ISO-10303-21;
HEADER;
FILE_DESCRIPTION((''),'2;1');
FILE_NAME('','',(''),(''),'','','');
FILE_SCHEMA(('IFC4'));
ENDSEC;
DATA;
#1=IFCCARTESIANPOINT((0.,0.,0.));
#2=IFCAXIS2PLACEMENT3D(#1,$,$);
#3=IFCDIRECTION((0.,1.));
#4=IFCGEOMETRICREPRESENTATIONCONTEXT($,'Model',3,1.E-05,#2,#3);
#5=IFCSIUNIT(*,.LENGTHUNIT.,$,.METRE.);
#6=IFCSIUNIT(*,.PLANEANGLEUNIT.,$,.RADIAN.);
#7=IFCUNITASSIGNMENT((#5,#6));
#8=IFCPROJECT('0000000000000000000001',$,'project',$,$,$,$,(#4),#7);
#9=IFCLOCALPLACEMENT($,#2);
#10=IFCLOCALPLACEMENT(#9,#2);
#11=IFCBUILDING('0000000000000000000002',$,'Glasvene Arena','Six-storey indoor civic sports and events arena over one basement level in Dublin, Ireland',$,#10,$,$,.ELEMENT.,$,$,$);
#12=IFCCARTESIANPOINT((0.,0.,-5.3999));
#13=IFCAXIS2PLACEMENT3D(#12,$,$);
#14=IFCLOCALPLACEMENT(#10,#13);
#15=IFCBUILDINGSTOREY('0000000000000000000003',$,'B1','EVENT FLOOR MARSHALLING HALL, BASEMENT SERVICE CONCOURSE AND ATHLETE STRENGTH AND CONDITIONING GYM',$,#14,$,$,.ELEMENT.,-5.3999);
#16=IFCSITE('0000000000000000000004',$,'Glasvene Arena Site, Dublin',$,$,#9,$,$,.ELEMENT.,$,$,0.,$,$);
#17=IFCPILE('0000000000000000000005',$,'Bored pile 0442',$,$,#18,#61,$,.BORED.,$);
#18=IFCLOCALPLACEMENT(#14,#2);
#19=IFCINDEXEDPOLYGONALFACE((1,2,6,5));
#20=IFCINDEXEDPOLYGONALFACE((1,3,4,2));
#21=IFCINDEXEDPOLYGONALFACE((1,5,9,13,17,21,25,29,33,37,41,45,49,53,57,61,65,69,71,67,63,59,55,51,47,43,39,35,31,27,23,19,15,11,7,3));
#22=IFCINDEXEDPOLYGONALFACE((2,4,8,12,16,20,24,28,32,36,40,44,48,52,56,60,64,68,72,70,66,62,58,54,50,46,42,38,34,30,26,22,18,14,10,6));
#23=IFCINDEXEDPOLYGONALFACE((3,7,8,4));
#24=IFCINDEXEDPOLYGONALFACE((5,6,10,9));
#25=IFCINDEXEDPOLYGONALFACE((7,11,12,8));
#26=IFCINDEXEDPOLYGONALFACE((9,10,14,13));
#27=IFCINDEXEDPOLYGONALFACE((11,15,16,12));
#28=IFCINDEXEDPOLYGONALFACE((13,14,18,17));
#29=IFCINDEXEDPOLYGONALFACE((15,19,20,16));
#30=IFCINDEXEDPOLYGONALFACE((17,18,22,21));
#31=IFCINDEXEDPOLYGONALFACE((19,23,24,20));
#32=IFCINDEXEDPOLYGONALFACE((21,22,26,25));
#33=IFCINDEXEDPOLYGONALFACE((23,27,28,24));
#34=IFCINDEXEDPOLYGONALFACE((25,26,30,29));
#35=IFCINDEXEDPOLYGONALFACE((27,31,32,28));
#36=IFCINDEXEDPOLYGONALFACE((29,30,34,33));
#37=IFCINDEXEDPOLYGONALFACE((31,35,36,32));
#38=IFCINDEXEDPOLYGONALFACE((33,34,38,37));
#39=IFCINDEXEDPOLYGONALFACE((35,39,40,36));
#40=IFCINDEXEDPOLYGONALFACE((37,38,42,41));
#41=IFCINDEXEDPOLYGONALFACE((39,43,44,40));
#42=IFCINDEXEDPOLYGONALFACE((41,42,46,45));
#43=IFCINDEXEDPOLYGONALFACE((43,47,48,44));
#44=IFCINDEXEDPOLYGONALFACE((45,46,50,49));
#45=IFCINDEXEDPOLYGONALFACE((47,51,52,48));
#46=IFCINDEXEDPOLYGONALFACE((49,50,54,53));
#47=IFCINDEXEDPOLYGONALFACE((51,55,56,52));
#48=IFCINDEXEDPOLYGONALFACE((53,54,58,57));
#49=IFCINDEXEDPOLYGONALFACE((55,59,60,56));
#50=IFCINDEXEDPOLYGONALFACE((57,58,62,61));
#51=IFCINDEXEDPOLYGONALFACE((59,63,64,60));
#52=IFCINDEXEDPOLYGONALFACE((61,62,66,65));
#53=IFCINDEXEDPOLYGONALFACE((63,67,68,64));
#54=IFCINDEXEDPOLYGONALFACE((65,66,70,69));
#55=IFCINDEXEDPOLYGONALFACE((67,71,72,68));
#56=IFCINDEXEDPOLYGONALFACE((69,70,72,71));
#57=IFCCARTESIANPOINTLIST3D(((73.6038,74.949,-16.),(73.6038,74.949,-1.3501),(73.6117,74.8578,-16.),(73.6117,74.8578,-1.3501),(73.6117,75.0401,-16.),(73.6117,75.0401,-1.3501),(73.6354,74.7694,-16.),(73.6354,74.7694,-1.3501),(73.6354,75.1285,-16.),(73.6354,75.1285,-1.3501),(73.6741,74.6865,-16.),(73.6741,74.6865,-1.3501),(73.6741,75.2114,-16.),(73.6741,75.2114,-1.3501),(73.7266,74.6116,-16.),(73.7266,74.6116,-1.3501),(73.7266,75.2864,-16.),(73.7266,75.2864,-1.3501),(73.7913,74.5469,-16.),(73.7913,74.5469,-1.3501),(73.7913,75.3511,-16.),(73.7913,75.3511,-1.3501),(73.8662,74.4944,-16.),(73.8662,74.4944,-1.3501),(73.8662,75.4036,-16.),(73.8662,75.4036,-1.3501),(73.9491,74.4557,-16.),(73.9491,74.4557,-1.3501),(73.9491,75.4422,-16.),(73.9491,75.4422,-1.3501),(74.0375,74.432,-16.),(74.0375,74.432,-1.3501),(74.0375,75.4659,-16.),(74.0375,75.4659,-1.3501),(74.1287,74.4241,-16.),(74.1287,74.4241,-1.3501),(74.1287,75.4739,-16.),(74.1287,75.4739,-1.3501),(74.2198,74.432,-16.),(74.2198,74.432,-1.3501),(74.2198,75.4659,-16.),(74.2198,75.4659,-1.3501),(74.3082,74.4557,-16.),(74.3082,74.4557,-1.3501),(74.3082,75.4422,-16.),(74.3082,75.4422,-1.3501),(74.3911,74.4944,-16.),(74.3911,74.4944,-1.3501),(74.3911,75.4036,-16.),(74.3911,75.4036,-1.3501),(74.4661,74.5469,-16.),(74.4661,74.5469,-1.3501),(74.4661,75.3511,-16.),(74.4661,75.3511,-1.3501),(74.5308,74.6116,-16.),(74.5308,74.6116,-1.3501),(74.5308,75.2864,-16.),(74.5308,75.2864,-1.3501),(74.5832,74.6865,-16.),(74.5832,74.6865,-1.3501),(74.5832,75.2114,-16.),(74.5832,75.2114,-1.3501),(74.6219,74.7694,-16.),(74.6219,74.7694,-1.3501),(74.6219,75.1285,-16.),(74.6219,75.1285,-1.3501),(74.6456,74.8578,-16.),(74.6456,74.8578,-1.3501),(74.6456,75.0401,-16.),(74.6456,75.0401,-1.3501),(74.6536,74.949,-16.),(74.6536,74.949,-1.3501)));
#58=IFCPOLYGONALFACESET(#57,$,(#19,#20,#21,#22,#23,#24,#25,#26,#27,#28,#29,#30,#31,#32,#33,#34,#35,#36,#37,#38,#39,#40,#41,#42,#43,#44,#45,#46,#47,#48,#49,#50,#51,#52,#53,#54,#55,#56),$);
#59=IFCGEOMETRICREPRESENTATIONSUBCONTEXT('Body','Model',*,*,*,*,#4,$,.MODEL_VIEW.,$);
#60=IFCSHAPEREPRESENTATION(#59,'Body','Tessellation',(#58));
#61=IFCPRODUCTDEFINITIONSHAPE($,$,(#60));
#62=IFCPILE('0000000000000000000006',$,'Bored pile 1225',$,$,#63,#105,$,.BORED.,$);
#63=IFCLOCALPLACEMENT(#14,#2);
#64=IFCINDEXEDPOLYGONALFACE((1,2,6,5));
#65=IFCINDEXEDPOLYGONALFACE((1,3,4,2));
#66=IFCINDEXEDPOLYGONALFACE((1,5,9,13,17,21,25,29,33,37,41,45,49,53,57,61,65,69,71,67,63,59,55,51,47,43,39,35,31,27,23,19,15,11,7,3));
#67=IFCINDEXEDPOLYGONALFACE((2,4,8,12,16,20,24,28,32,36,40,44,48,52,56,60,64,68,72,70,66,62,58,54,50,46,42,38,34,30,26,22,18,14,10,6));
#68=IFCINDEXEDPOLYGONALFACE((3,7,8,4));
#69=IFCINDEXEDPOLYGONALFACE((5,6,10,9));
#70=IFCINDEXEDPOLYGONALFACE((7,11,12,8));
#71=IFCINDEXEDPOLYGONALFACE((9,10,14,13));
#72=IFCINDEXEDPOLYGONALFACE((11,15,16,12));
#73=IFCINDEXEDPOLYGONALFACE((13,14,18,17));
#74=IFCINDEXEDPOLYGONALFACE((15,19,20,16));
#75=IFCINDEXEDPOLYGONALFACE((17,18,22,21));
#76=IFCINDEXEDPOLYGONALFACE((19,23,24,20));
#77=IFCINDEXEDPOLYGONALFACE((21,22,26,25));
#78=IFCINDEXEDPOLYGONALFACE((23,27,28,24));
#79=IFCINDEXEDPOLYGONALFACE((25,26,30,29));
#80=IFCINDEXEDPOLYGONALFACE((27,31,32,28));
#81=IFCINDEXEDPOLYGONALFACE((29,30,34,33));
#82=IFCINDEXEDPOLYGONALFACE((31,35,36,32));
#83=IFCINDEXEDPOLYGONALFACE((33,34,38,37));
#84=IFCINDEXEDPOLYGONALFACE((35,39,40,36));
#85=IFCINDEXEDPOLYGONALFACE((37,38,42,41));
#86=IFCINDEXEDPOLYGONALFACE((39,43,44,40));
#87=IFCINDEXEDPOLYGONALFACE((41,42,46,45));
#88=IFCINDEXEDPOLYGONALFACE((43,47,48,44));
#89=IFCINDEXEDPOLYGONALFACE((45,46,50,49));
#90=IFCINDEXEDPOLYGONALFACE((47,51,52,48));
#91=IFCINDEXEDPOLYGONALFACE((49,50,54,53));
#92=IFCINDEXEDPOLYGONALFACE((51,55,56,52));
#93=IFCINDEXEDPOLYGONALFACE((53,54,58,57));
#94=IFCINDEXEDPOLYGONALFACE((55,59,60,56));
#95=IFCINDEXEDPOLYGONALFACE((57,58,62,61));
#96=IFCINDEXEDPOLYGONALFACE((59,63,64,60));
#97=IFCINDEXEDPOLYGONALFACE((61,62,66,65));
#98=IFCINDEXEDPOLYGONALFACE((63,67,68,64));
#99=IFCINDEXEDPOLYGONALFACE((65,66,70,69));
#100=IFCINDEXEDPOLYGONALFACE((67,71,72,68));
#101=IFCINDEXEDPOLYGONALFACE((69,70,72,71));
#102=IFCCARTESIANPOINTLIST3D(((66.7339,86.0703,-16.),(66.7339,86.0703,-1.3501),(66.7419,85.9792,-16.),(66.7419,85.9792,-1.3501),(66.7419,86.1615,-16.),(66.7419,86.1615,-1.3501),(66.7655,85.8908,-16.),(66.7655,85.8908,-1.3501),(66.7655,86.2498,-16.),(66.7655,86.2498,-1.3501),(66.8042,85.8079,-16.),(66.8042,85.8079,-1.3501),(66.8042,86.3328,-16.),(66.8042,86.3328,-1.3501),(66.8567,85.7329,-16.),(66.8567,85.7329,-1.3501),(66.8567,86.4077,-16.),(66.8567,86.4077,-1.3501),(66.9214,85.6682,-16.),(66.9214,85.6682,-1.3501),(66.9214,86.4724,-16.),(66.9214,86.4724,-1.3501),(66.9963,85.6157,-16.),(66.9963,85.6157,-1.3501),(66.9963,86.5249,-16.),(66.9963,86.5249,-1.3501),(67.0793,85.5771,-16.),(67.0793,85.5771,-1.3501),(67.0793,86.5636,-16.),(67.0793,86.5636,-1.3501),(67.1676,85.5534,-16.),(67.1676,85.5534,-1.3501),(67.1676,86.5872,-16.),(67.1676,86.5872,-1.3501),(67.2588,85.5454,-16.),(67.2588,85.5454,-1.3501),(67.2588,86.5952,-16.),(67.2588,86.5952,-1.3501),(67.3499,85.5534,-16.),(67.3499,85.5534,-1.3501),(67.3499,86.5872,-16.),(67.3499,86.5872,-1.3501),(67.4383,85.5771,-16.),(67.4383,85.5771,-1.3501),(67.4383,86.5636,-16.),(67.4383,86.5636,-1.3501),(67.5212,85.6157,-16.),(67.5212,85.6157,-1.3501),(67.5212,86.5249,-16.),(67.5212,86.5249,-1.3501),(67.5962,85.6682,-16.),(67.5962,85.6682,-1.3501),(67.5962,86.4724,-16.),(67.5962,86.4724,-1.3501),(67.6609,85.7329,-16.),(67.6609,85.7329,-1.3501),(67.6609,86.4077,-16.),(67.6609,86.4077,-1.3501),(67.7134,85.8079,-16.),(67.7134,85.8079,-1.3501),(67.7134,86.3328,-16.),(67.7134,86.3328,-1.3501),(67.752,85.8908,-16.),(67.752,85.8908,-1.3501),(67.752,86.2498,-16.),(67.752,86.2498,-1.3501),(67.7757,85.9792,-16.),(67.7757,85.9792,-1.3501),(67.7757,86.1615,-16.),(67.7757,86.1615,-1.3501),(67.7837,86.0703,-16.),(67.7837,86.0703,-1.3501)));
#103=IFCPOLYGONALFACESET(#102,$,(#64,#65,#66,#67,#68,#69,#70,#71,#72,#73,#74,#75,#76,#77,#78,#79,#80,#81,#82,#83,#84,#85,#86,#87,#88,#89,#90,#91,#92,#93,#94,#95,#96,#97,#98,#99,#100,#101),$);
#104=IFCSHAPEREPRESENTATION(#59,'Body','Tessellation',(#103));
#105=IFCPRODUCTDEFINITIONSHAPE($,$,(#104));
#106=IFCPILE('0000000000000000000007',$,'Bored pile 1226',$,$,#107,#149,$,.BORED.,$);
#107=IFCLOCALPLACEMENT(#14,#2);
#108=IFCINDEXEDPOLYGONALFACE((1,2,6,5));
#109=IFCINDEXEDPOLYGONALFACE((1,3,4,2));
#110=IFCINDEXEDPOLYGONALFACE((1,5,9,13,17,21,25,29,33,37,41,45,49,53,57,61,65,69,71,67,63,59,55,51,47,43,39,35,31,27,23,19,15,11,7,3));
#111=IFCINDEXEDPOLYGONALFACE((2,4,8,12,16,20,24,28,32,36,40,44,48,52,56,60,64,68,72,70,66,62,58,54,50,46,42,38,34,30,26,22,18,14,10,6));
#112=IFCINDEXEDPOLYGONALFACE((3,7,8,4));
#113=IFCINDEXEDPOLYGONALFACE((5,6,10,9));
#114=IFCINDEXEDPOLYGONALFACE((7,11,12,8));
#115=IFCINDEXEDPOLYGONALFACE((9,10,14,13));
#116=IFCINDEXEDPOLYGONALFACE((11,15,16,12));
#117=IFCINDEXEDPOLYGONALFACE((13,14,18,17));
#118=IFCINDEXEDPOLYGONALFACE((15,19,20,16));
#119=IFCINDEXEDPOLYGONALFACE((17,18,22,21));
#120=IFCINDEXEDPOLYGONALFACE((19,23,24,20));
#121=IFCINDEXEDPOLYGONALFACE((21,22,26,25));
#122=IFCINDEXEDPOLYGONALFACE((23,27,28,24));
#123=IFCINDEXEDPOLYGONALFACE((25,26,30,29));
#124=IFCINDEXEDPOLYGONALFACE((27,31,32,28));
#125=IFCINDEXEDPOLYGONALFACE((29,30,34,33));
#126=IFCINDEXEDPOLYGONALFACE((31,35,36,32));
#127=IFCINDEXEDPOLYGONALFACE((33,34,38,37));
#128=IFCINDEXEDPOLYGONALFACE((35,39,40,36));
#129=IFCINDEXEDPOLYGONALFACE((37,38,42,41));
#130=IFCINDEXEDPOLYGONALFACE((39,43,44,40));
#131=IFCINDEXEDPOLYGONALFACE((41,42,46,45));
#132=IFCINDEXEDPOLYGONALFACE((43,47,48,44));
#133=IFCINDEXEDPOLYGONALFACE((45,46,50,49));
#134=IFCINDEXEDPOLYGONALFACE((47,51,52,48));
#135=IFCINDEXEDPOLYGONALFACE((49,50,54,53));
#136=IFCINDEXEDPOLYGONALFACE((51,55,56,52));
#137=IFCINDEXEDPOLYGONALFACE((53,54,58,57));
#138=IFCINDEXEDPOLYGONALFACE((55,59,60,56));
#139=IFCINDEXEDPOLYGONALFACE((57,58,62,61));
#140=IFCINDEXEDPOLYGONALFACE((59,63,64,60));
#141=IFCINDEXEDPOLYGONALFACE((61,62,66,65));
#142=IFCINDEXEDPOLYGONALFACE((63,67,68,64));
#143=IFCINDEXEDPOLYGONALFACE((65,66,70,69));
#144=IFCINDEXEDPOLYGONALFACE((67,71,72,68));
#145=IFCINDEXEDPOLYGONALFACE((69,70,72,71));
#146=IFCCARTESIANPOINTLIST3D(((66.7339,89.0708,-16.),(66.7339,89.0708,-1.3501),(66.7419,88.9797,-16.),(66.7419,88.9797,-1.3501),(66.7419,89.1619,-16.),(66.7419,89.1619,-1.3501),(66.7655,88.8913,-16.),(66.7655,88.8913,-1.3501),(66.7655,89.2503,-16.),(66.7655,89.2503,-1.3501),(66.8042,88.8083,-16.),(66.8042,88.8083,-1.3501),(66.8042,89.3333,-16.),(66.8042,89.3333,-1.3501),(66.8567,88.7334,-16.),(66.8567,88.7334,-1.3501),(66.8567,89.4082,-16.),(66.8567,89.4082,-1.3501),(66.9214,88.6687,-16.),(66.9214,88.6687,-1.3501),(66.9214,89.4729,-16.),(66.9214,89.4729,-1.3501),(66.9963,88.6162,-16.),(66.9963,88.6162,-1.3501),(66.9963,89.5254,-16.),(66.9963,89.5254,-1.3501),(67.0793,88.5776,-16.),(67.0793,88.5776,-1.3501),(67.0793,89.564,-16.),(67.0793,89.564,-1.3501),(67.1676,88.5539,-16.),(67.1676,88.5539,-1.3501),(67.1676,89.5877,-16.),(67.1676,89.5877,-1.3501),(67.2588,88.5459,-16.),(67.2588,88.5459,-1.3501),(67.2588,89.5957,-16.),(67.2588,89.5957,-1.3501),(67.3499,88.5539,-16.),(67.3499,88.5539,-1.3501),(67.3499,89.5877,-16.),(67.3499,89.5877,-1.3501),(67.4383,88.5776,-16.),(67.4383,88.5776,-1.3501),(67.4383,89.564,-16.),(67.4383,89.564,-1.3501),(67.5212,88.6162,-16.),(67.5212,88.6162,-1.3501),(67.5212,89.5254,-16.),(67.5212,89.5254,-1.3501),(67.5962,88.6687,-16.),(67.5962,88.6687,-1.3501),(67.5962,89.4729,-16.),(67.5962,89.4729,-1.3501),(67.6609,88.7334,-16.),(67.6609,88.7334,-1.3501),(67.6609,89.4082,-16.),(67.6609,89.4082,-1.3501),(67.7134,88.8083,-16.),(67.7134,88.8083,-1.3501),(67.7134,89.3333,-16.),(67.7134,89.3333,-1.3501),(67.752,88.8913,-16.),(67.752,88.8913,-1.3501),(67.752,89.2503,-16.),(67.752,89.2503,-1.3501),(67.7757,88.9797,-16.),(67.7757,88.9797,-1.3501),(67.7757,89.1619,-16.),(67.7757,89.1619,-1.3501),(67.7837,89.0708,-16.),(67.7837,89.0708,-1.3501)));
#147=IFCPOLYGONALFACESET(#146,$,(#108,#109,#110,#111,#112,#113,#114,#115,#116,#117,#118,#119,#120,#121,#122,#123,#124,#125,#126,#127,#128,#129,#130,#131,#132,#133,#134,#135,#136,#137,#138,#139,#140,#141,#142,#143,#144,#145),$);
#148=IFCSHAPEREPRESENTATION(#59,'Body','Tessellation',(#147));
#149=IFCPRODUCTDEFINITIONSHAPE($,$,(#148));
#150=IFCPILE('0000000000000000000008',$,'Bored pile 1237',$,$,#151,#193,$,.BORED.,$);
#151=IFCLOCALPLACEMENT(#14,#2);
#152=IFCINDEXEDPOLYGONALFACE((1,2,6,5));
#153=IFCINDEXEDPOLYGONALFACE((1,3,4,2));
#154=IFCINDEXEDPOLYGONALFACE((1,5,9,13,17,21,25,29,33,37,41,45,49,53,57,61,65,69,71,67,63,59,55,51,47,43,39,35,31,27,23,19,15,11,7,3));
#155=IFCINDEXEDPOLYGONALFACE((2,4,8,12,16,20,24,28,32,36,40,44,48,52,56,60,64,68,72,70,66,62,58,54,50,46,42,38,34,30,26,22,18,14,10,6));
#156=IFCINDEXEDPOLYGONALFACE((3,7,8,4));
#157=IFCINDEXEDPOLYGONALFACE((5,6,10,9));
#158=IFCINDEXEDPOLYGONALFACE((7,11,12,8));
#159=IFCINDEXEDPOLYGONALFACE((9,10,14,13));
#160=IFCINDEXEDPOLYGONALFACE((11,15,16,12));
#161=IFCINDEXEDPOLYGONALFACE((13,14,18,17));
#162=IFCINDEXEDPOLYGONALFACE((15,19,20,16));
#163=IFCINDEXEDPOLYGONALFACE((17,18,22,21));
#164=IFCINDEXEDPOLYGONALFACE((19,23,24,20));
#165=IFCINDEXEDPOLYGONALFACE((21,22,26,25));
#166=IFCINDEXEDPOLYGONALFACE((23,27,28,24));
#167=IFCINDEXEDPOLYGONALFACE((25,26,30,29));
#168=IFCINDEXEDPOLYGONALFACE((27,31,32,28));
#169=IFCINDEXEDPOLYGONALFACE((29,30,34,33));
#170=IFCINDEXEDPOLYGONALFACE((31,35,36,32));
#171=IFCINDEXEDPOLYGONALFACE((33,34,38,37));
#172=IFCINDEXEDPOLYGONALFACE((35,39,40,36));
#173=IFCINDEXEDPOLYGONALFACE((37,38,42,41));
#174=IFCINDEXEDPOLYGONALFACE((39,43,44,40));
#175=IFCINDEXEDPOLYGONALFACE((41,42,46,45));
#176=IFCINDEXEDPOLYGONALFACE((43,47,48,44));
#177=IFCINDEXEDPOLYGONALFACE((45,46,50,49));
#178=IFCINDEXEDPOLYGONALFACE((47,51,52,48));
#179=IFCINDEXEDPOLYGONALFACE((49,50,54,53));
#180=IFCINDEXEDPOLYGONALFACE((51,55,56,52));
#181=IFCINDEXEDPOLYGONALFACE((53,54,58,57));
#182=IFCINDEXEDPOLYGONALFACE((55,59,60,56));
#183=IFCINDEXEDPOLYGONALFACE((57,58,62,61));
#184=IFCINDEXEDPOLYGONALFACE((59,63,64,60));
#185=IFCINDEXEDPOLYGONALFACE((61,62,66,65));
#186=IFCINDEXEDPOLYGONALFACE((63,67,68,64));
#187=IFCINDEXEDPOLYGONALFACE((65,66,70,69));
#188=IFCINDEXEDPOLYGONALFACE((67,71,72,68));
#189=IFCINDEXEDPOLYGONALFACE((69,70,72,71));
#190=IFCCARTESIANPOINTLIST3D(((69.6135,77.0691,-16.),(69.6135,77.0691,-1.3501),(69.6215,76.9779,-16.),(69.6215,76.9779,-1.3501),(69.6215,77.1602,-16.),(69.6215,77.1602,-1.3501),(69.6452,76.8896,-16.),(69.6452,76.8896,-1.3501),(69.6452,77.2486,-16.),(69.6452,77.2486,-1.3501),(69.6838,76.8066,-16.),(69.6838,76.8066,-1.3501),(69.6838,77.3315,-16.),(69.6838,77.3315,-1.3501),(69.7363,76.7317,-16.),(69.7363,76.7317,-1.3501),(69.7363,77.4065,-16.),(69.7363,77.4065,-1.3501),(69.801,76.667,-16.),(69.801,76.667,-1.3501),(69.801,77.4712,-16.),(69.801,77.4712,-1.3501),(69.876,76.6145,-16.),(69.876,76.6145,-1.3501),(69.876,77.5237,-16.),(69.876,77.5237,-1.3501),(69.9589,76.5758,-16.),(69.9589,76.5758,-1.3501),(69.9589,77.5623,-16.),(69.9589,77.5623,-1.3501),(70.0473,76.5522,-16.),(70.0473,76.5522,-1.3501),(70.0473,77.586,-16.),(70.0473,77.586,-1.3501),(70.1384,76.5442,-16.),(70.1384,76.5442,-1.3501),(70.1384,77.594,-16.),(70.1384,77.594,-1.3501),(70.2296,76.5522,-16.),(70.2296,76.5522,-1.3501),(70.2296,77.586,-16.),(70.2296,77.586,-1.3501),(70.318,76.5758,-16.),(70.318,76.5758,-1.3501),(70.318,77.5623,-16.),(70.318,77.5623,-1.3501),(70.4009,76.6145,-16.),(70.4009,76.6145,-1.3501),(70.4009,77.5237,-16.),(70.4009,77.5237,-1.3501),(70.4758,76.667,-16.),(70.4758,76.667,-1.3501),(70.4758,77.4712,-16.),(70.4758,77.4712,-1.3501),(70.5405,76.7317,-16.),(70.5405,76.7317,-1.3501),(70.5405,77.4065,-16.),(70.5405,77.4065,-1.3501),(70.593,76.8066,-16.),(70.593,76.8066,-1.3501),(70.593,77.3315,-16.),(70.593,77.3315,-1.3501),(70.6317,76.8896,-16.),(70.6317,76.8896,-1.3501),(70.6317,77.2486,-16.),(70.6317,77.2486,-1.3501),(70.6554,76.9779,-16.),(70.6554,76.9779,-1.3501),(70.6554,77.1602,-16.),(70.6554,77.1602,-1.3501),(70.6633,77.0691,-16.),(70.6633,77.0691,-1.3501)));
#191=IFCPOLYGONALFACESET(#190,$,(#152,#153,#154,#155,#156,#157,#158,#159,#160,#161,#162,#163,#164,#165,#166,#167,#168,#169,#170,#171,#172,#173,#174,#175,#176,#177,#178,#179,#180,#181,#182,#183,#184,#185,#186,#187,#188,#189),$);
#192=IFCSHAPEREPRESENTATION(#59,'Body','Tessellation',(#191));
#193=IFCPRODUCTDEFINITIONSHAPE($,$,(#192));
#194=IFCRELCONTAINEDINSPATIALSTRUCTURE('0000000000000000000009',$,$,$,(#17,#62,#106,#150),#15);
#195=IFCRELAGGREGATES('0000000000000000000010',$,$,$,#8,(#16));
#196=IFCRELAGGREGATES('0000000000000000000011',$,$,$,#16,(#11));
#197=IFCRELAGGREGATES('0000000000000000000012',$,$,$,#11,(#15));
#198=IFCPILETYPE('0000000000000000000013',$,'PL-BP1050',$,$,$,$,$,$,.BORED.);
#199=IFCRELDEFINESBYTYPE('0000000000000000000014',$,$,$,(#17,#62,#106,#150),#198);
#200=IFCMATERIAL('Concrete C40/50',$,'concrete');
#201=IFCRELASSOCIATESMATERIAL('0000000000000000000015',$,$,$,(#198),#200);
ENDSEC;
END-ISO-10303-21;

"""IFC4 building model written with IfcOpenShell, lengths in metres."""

from ifc_helpers import new_model, si_unit, direction, frame, origin, origin_2d, place, context, subcontext, project, spatial, circle, extrude, material, material_profile, profile_set, type_object, element, save


model = new_model("IFC4")

# Units and contexts
model_context = context("Model", 3, precision=1e-05, world=origin(), true_north=direction((0.0, 1.0)))
body_context = subcontext(model_context, "Body", "Model", "MODEL_VIEW")
ifc_project = project(units=[si_unit("LENGTHUNIT", "METRE"), si_unit("PLANEANGLEUNIT", "RADIAN")], contexts=[model_context])

# Site, building, storey
site_placement = place(None, origin())
site = spatial("IfcSite", under=ifc_project, at=site_placement, Name="Glasvene Arena Site, Dublin", CompositionType="ELEMENT", RefElevation=0.0)
building_placement = place(site_placement, origin())
building = spatial("IfcBuilding", under=site, at=building_placement, Name="Glasvene Arena", Description="Six-storey indoor civic sports and events arena over one basement level in Dublin, Ireland", CompositionType="ELEMENT")
storey_placement = place(building_placement, frame((0.0, 0.0, -5.3999)))
storey = spatial("IfcBuildingStorey", under=building, at=storey_placement, Name="B1", Description="EVENT FLOOR MARSHALLING HALL, BASEMENT SERVICE CONCOURSE AND ATHLETE STRENGTH AND CONDITIONING GYM", CompositionType="ELEMENT", Elevation=-5.3999)

# Piles
ifc_material_1 = material(Name="Concrete C40/50", Category="concrete")
ifc_material_profile_1 = material_profile(ifc_material_1, circle(Radius=0.5249, at=origin_2d()), Name="BORED PILE 1050")
ifc_profile_set_1 = profile_set([ifc_material_profile_1], Name="Concrete C40/50")
pile_type = type_object("IfcPileType", Name="PL-BP1050", PredefinedType="BORED", material=ifc_profile_set_1)
for number, where, z_axis, x_axis, name in (
    (1, (74.1287, 74.949, -1.3501), (0.0, 0.0, -1.0), (1.0, 0.0, 0.0), "Bored pile 0442"),
    (2, (67.2588, 86.0703, -1.3501), (0.0, 0.0, -1.0), (1.0, 0.0, 0.0), "Bored pile 1225"),
    (3, (67.2588, 89.0708, -1.3501), (0.0, 0.0, -1.0), (1.0, 0.0, 0.0), "Bored pile 1226"),
    (4, (70.1384, 77.0691, -1.3501), (0.0, 0.0, -1.0), (1.0, 0.0, 0.0), "Bored pile 1237"),
):
    element("IfcPile", number, at=place(storey_placement, frame(where, z_axis=z_axis, x_axis=x_axis)), inside=storey, type_object=pile_type, Name=name, PredefinedType="BORED", context=body_context, shape_type="SweptSolid", body=[
        extrude(circle(Radius=0.5249, at=origin_2d()), origin(), (0.0, 0.0, 1.0), 14.6499),
    ])

save(model, "model.ifc")
